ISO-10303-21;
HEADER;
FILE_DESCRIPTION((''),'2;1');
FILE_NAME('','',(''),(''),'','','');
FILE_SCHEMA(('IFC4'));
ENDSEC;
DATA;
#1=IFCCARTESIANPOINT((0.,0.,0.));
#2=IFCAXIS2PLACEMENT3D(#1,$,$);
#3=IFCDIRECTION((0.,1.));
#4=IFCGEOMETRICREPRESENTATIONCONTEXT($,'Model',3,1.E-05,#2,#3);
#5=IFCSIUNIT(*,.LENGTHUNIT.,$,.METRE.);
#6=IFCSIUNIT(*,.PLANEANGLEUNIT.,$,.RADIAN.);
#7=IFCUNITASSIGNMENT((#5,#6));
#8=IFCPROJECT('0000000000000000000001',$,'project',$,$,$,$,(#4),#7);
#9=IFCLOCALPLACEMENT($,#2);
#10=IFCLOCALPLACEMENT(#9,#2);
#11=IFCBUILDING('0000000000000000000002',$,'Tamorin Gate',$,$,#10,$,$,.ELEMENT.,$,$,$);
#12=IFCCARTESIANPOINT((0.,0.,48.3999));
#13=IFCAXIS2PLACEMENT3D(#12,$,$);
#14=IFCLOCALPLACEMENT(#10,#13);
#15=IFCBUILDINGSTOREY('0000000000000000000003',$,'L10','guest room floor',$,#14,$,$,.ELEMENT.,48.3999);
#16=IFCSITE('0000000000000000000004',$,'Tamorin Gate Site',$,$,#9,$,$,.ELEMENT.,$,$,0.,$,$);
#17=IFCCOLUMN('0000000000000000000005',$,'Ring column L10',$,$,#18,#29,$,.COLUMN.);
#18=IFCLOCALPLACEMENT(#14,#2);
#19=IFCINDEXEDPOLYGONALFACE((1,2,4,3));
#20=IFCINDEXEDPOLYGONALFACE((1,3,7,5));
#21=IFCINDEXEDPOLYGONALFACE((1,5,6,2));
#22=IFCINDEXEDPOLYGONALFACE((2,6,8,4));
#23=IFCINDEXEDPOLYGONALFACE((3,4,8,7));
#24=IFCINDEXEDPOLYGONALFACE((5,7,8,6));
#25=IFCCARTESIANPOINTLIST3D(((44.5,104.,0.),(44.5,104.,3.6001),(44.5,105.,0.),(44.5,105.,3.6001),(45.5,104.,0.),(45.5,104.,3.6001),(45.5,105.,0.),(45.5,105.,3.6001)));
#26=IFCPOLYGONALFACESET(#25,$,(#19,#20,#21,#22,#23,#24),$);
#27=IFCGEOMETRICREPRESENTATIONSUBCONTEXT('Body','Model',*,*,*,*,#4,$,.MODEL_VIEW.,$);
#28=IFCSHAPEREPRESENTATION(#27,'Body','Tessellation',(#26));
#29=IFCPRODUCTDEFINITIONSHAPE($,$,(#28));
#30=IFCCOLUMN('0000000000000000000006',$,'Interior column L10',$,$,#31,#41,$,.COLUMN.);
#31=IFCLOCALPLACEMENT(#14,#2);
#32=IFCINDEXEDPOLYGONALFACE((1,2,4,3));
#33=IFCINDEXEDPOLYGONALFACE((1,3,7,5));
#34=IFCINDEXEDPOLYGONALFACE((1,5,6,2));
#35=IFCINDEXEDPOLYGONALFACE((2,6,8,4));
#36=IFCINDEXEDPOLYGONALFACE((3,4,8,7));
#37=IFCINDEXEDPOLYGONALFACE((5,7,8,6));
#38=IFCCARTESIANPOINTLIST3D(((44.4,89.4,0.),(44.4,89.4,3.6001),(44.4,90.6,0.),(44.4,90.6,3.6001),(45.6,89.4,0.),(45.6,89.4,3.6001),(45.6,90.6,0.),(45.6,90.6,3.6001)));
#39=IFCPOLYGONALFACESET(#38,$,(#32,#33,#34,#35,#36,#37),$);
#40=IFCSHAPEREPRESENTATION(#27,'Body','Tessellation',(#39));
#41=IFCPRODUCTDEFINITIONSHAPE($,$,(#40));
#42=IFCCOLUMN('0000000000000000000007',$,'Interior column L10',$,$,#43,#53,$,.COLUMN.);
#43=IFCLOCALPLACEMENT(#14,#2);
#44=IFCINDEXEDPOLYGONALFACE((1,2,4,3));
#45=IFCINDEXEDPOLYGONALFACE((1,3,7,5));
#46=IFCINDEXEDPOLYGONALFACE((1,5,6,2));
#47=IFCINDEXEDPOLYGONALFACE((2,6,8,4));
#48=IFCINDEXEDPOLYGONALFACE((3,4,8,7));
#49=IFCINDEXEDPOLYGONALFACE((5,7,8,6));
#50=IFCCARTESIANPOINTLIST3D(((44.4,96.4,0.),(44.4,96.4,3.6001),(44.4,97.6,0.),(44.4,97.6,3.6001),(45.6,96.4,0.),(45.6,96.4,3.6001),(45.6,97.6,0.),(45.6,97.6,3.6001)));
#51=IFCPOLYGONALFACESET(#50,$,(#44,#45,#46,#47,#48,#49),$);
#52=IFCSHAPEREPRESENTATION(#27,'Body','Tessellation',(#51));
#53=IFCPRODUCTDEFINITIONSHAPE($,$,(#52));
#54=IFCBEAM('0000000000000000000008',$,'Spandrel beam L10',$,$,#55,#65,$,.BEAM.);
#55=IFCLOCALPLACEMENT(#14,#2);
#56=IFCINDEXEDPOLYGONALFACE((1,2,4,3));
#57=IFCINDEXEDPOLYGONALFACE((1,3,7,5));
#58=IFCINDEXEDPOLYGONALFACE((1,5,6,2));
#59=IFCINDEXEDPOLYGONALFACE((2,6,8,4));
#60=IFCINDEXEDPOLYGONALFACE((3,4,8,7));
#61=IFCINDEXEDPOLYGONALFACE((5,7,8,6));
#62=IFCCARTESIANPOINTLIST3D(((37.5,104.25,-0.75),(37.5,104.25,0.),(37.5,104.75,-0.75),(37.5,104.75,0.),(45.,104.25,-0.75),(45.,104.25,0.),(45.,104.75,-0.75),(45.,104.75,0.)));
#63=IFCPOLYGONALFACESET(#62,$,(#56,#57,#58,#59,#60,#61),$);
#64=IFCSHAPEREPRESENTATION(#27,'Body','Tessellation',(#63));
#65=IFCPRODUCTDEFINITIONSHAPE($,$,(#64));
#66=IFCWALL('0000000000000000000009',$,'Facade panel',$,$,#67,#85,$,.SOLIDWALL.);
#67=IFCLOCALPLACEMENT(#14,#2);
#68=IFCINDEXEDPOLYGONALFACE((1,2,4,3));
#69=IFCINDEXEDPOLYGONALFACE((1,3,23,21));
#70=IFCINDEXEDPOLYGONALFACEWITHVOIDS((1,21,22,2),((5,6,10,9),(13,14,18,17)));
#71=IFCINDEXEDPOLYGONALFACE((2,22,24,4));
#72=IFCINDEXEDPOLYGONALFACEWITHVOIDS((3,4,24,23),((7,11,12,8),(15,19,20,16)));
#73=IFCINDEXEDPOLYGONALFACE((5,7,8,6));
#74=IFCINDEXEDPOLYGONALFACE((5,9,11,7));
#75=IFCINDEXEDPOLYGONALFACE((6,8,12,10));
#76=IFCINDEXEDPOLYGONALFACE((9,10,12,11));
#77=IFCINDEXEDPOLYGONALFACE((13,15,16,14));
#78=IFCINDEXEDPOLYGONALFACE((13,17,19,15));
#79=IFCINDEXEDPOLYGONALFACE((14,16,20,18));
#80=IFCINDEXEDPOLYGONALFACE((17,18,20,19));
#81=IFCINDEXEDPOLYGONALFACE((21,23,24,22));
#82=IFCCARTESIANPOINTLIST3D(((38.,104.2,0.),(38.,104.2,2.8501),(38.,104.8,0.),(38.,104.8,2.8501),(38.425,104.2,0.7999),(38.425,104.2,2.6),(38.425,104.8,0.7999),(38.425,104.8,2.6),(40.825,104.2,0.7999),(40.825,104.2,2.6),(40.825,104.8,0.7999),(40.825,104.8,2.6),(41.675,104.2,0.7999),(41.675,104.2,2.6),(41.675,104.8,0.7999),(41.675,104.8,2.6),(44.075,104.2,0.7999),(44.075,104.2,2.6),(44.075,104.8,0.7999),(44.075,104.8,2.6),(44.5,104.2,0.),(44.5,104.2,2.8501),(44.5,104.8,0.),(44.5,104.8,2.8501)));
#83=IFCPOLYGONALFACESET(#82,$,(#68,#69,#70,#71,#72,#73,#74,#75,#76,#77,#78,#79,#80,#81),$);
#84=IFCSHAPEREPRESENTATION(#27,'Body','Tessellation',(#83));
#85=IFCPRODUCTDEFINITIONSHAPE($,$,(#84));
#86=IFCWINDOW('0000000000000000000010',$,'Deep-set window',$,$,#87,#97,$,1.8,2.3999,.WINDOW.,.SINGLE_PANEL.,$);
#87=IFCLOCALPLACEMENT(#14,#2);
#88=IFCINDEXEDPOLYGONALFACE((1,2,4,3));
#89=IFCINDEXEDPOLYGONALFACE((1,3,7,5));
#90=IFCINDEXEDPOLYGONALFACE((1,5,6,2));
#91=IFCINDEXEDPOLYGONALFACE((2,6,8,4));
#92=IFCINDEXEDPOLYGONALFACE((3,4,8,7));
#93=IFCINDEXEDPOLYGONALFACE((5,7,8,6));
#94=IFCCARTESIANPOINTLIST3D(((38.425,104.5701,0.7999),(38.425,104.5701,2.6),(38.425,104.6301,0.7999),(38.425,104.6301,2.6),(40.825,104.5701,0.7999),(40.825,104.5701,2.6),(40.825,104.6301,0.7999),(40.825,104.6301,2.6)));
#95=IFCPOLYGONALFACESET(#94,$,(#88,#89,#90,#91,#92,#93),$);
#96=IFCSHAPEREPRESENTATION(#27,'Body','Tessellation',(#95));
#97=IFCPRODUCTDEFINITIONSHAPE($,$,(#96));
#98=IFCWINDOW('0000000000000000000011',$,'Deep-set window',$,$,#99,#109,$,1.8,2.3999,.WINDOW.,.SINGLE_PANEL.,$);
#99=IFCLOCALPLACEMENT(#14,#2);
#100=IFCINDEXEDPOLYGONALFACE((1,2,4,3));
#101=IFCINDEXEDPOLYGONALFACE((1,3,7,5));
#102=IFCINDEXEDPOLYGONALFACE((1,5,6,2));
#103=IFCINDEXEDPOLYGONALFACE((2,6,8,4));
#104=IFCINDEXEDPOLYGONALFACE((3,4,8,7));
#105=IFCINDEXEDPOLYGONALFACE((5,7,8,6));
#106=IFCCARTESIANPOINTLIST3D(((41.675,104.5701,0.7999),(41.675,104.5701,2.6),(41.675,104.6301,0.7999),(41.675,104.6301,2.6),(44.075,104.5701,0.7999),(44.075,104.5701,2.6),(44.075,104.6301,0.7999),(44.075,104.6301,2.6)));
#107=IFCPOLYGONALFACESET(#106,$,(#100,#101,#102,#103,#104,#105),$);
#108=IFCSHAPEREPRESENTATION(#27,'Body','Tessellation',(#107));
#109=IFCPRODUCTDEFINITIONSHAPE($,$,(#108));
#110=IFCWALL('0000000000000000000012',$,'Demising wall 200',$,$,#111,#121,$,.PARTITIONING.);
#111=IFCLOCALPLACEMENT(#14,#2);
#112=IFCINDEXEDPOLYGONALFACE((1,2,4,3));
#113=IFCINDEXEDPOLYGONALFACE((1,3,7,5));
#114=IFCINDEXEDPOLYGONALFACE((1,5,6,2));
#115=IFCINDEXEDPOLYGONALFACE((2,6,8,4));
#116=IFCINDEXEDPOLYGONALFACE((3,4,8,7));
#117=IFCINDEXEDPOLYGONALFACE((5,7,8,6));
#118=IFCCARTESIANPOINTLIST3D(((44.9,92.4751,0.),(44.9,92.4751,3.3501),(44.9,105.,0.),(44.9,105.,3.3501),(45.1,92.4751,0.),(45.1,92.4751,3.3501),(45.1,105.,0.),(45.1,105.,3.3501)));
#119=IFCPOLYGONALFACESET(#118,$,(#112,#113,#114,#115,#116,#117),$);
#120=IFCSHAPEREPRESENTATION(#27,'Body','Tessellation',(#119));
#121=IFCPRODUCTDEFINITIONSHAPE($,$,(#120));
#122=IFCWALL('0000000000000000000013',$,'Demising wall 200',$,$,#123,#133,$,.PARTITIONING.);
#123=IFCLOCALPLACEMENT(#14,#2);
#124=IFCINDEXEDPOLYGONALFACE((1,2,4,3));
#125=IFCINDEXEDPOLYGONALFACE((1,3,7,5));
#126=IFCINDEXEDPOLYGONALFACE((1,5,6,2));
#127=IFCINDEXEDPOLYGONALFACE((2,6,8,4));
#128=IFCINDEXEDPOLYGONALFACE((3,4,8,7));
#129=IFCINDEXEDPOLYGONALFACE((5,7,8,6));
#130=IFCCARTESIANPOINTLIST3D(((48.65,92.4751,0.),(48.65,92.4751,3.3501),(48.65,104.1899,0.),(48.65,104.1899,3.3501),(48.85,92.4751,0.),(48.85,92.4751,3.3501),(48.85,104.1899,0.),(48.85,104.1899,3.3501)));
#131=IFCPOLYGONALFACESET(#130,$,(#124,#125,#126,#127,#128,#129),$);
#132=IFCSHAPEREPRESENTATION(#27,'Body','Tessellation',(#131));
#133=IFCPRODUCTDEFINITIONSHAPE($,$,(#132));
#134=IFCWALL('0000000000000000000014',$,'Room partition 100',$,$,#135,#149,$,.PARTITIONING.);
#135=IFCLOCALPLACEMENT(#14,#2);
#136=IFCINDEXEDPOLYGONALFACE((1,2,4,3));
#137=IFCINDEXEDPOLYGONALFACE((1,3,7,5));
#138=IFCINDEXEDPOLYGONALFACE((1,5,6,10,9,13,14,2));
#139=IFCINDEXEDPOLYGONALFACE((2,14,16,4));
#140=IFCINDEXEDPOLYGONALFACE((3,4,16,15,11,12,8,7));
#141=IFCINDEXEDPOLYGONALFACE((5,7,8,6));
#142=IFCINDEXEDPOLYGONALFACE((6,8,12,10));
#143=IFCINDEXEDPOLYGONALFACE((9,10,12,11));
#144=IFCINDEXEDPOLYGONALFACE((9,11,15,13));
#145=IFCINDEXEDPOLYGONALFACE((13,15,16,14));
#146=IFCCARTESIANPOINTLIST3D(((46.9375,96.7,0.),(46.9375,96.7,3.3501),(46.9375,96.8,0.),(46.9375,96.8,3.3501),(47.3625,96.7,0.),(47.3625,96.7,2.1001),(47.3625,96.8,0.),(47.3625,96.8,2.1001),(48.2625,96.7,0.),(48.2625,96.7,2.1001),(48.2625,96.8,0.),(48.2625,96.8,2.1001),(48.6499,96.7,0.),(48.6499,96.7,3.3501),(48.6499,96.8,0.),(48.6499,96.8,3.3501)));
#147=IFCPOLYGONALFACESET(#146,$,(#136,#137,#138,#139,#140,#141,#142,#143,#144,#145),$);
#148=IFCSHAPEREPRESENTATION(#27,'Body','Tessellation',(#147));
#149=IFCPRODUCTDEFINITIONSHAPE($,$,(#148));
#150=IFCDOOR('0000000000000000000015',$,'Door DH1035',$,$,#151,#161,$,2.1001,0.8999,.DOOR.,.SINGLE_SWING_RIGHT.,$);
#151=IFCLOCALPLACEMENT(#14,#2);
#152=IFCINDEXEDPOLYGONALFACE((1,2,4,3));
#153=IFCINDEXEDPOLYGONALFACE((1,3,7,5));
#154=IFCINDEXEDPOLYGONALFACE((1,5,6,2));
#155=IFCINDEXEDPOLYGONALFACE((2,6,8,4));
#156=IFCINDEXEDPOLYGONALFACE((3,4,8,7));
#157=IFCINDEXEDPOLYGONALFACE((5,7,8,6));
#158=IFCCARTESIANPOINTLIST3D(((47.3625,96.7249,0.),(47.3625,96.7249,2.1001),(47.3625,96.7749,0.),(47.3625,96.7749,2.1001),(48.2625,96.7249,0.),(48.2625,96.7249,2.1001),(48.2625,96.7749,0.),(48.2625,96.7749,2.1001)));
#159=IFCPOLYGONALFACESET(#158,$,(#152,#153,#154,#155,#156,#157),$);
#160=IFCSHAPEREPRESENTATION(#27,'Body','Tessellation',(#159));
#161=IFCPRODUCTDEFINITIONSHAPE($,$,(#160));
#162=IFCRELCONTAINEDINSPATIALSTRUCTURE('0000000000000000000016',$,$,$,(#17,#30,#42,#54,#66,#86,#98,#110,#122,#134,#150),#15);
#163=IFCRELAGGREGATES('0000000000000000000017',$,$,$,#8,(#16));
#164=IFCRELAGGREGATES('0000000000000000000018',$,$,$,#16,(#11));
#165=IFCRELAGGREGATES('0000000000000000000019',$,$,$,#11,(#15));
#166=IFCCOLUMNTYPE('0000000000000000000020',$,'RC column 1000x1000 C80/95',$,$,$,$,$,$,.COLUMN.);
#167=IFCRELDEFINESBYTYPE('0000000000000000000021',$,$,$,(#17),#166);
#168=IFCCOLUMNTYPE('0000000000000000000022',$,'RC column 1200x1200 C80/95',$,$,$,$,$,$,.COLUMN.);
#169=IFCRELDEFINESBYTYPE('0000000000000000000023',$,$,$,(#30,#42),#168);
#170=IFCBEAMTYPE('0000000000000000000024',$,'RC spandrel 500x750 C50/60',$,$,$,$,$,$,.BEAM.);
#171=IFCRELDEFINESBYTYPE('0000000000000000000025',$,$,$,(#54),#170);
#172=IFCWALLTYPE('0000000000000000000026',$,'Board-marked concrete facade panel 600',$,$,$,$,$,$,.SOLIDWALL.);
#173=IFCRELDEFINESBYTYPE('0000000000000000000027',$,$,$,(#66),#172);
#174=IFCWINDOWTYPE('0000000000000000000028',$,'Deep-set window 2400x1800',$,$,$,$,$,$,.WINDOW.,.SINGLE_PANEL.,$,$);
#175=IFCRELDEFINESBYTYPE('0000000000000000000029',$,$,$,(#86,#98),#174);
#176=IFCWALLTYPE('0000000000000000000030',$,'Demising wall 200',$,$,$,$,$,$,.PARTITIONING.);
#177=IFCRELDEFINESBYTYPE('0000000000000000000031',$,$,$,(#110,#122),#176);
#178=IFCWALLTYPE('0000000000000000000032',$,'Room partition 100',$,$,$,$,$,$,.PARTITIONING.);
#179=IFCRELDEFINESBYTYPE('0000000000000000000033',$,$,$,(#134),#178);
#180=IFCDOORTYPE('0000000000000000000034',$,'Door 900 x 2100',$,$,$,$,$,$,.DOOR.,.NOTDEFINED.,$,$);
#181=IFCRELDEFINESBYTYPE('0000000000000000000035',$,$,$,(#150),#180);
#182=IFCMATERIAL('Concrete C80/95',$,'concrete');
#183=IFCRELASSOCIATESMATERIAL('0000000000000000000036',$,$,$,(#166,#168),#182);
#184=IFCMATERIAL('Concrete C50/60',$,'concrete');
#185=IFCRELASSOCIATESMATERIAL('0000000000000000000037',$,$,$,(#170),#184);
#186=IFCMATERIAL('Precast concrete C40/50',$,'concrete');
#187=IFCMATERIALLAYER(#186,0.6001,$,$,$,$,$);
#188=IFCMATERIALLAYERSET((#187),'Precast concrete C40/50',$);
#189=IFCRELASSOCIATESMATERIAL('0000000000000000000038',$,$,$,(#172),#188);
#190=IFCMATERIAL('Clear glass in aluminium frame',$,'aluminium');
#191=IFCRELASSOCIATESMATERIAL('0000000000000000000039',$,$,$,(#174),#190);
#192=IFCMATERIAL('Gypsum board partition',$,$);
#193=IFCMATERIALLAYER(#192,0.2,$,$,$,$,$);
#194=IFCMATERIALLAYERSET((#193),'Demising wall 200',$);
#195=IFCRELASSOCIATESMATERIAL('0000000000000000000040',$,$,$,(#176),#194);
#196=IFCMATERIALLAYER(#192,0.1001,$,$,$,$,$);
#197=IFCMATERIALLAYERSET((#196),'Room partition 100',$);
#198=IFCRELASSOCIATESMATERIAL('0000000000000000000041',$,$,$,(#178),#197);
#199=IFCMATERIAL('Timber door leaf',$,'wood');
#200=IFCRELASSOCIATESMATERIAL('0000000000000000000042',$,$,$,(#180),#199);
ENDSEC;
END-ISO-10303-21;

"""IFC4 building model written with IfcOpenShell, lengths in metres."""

from ifc_helpers import new_model, si_unit, direction, frame, frame_2d, origin, origin_2d, place, context, subcontext, project, spatial, rectangle, extrude, material, layer, layer_set, material_profile, profile_set, type_object, element, fill, save


model = new_model("IFC4")

# Units and contexts
model_context = context("Model", 3, precision=1e-05, world=origin(), true_north=direction((0.0, 1.0)))
body_context = subcontext(model_context, "Body", "Model", "MODEL_VIEW")
ifc_project = project(units=[si_unit("LENGTHUNIT", "METRE"), si_unit("PLANEANGLEUNIT", "RADIAN")], contexts=[model_context])

# Site, building, storey
site_placement = place(None, origin())
site = spatial("IfcSite", under=ifc_project, at=site_placement, Name="Tamorin Gate Site", CompositionType="ELEMENT", RefElevation=0.0)
building_placement = place(site_placement, origin())
building = spatial("IfcBuilding", under=site, at=building_placement, Name="Tamorin Gate", CompositionType="ELEMENT")
storey_placement = place(building_placement, frame((0.0, 0.0, 48.3999)))
storey = spatial("IfcBuildingStorey", under=building, at=storey_placement, Name="L10", Description="guest room floor", CompositionType="ELEMENT", Elevation=48.3999)

# Columns
ifc_material_1 = material(Name="Concrete C80/95", Category="concrete")
ifc_material_profile_1 = material_profile(ifc_material_1, rectangle(XDim=1.0, YDim=1.0, at=origin_2d()), Name="RC 1000x1000")
ifc_profile_set_1 = profile_set([ifc_material_profile_1], Name="Concrete C80/95")
column_type_1 = type_object("IfcColumnType", Name="RC column 1000x1000 C80/95", PredefinedType="COLUMN", material=ifc_profile_set_1)
column_placement = place(storey_placement, frame((45.0, 104.5, 0.0), z_axis=(0.0, 0.0, 1.0), x_axis=(1.0, 0.0, 0.0)))
element("IfcColumn", 1, at=column_placement, inside=storey, type_object=column_type_1, Name="Ring column L10", PredefinedType="COLUMN", context=body_context, shape_type="SweptSolid", body=[
    extrude(rectangle(XDim=1.0, YDim=1.0, at=origin_2d()), origin(), (0.0, 0.0, 1.0), 3.6001),
])
ifc_material_profile_2 = material_profile(ifc_material_1, rectangle(XDim=1.2, YDim=1.2, at=origin_2d()), Name="RC 1200x1200")
ifc_profile_set_2 = profile_set([ifc_material_profile_2], Name="Concrete C80/95")
column_type_2 = type_object("IfcColumnType", Name="RC column 1200x1200 C80/95", PredefinedType="COLUMN", material=ifc_profile_set_2)
for number, where, z_axis, x_axis, name in (
    (2, (45.0, 90.0, 0.0), (0.0, 0.0, 1.0), (1.0, 0.0, 0.0), "Interior column L10"),
    (3, (45.0, 97.0, 0.0), (0.0, 0.0, 1.0), (1.0, 0.0, 0.0), "Interior column L10"),
):
    element("IfcColumn", number, at=place(storey_placement, frame(where, z_axis=z_axis, x_axis=x_axis)), inside=storey, type_object=column_type_2, Name=name, PredefinedType="COLUMN", context=body_context, shape_type="SweptSolid", body=[
        extrude(rectangle(XDim=1.2, YDim=1.2, at=origin_2d()), origin(), (0.0, 0.0, 1.0), 3.6001),
    ])

# Beam
ifc_material_2 = material(Name="Concrete C50/60", Category="concrete")
ifc_material_profile_3 = material_profile(ifc_material_2, rectangle(XDim=0.5, YDim=0.75, at=origin_2d()), Name="RC 500x750")
ifc_profile_set_3 = profile_set([ifc_material_profile_3], Name="Concrete C50/60")
beam_type = type_object("IfcBeamType", Name="RC spandrel 500x750 C50/60", PredefinedType="BEAM", material=ifc_profile_set_3)
beam_placement = place(storey_placement, frame((45.0, 104.5, -0.375), z_axis=(-1.0, 0.0, 0.0), x_axis=(0.0, -1.0, 0.0)))
element("IfcBeam", 4, at=beam_placement, inside=storey, type_object=beam_type, Name="Spandrel beam L10", PredefinedType="BEAM", context=body_context, shape_type="SweptSolid", body=[
    extrude(rectangle(XDim=0.5, YDim=0.75, at=origin_2d()), origin(), (0.0, 0.0, 1.0), 7.5),
])

# Wall, openings, windows
ifc_material_3 = material(Name="Precast concrete C40/50", Category="concrete")
ifc_layer_1 = layer(ifc_material_3, 0.6001)
ifc_layer_set_1 = layer_set([ifc_layer_1], Name="Precast concrete C40/50")
wall_type_1 = type_object("IfcWallType", Name="Board-marked concrete facade panel 600", PredefinedType="SOLIDWALL", material=ifc_layer_set_1)
wall_1_placement = place(storey_placement, frame((44.5, 104.5, 0.0), z_axis=(0.0, 0.0, 1.0), x_axis=(-1.0, 0.0, 0.0)))
wall_1 = element("IfcWall", 5, at=wall_1_placement, inside=storey, type_object=wall_type_1, Name="Facade panel", PredefinedType="SOLIDWALL", context=body_context, shape_type="SweptSolid", body=[
    extrude(rectangle(XDim=6.5, YDim=0.6001, at=frame_2d((3.25, 0.0))), origin(), (0.0, 0.0, 1.0), 2.8501),
])
opening_1_placement = place(wall_1_placement, frame((3.675, 0.0, 0.8)))
opening_1 = element("IfcOpeningElement", 6, at=opening_1_placement, cuts=wall_1, PredefinedType="OPENING", context=body_context, shape_type="SweptSolid", body=[
    extrude(rectangle(XDim=2.3999, YDim=1.8, at=frame_2d((1.2, 0.8999))), frame((0.0, 0.3101, 0.0), z_axis=(0.0, -1.0, 0.0), x_axis=(1.0, 0.0, 0.0)), (0.0, 0.0, 1.0), 0.6201),
])
opening_2_placement = place(wall_1_placement, frame((0.425, 0.0, 0.8)))
opening_2 = element("IfcOpeningElement", 7, at=opening_2_placement, cuts=wall_1, PredefinedType="OPENING", context=body_context, shape_type="SweptSolid", body=[
    extrude(rectangle(XDim=2.3999, YDim=1.8, at=frame_2d((1.2, 0.8999))), frame((0.0, 0.3101, 0.0), z_axis=(0.0, -1.0, 0.0), x_axis=(1.0, 0.0, 0.0)), (0.0, 0.0, 1.0), 0.6201),
])
ifc_material_4 = material(Name="Clear glass in aluminium frame", Category="aluminium")
window_type = type_object("IfcWindowType", Name="Deep-set window 2400x1800", PartitioningType="SINGLE_PANEL", PredefinedType="WINDOW", material=ifc_material_4)
window_1_placement = place(opening_1_placement, origin())
window_1 = element("IfcWindow", 8, at=window_1_placement, inside=storey, type_object=window_type, Name="Deep-set window", OverallHeight=1.8, OverallWidth=2.3999, PartitioningType="SINGLE_PANEL", PredefinedType="WINDOW", context=body_context, shape_type="SweptSolid", body=[
    extrude(rectangle(XDim=2.3999, YDim=1.8, at=frame_2d((1.2, 0.8999))), frame((0.0, -0.0701, 0.0), z_axis=(0.0, -1.0, 0.0), x_axis=(1.0, 0.0, 0.0)), (0.0, 0.0, 1.0), 0.0601),
])
fill(opening_1, window_1)
window_2_placement = place(opening_2_placement, origin())
window_2 = element("IfcWindow", 9, at=window_2_placement, inside=storey, type_object=window_type, Name="Deep-set window", OverallHeight=1.8, OverallWidth=2.3999, PartitioningType="SINGLE_PANEL", PredefinedType="WINDOW", context=body_context, shape_type="SweptSolid", body=[
    extrude(rectangle(XDim=2.3999, YDim=1.8, at=frame_2d((1.2, 0.8999))), frame((0.0, -0.0701, 0.0), z_axis=(0.0, -1.0, 0.0), x_axis=(1.0, 0.0, 0.0)), (0.0, 0.0, 1.0), 0.0601),
])
fill(opening_2, window_2)

# Walls
ifc_material_5 = material(Name="Gypsum board partition")
ifc_layer_2 = layer(ifc_material_5, 0.2)
ifc_layer_set_2 = layer_set([ifc_layer_2], Name="Demising wall 200")
wall_type_2 = type_object("IfcWallType", Name="Demising wall 200", PredefinedType="PARTITIONING", material=ifc_layer_set_2)
wall_2_placement = place(storey_placement, frame((45.0, 92.4751, 0.0), z_axis=(0.0, 0.0, 1.0), x_axis=(0.0, 1.0, 0.0)))
element("IfcWall", 10, at=wall_2_placement, inside=storey, type_object=wall_type_2, Name="Demising wall 200", PredefinedType="PARTITIONING", context=body_context, shape_type="SweptSolid", body=[
    extrude(rectangle(XDim=12.5249, YDim=0.2, at=frame_2d((6.2625, 0.0))), origin(), (0.0, 0.0, 1.0), 3.3501),
])
wall_3_placement = place(storey_placement, frame((48.75, 92.4751, 0.0), z_axis=(0.0, 0.0, 1.0), x_axis=(0.0, 1.0, 0.0)))
element("IfcWall", 11, at=wall_3_placement, inside=storey, type_object=wall_type_2, Name="Demising wall 200", PredefinedType="PARTITIONING", context=body_context, shape_type="SweptSolid", body=[
    extrude(rectangle(XDim=11.7148, YDim=0.2, at=frame_2d((5.8574, 0.0))), origin(), (0.0, 0.0, 1.0), 3.3501),
])

# Wall, opening, door
ifc_layer_3 = layer(ifc_material_5, 0.1001)
ifc_layer_set_3 = layer_set([ifc_layer_3], Name="Room partition 100")
wall_type_3 = type_object("IfcWallType", Name="Room partition 100", PredefinedType="PARTITIONING", material=ifc_layer_set_3)
wall_4_placement = place(storey_placement, frame((46.9375, 96.75, 0.0), z_axis=(0.0, 0.0, 1.0), x_axis=(1.0, 0.0, 0.0)))
wall_4 = element("IfcWall", 12, at=wall_4_placement, inside=storey, type_object=wall_type_3, Name="Room partition 100", PredefinedType="PARTITIONING", context=body_context, shape_type="SweptSolid", body=[
    extrude(rectangle(XDim=1.7124, YDim=0.1001, at=frame_2d((0.8562, 0.0))), origin(), (0.0, 0.0, 1.0), 3.3501),
])
opening_3_placement = place(wall_4_placement, frame((0.425, 0.0, 0.0)))
opening_3 = element("IfcOpeningElement", 13, at=opening_3_placement, cuts=wall_4, PredefinedType="OPENING", context=body_context, shape_type="SweptSolid", body=[
    extrude(rectangle(XDim=0.8999, YDim=2.1001, at=frame_2d((0.45, 1.05))), frame((0.0, 0.0601, 0.0), z_axis=(0.0, -1.0, 0.0), x_axis=(1.0, 0.0, 0.0)), (0.0, 0.0, 1.0), 0.1201),
])
ifc_material_6 = material(Name="Timber door leaf", Category="wood")
door_type = type_object("IfcDoorType", Name="Door 900 x 2100", OperationType="NOTDEFINED", PredefinedType="DOOR", material=ifc_material_6)
door_1_placement = place(opening_3_placement, origin())
door_1 = element("IfcDoor", 14, at=door_1_placement, inside=storey, type_object=door_type, Name="Door DH1035", OperationType="SINGLE_SWING_RIGHT", OverallHeight=2.1001, OverallWidth=0.8999, PredefinedType="DOOR", context=body_context, shape_type="SweptSolid", body=[
    extrude(rectangle(XDim=0.8999, YDim=2.1001, at=frame_2d((0.45, 1.05))), frame((0.0, 0.0249, 0.0), z_axis=(0.0, -1.0, 0.0), x_axis=(1.0, 0.0, 0.0)), (0.0, 0.0, 1.0), 0.05),
])
fill(opening_3, door_1)

save(model, "model.ifc")
